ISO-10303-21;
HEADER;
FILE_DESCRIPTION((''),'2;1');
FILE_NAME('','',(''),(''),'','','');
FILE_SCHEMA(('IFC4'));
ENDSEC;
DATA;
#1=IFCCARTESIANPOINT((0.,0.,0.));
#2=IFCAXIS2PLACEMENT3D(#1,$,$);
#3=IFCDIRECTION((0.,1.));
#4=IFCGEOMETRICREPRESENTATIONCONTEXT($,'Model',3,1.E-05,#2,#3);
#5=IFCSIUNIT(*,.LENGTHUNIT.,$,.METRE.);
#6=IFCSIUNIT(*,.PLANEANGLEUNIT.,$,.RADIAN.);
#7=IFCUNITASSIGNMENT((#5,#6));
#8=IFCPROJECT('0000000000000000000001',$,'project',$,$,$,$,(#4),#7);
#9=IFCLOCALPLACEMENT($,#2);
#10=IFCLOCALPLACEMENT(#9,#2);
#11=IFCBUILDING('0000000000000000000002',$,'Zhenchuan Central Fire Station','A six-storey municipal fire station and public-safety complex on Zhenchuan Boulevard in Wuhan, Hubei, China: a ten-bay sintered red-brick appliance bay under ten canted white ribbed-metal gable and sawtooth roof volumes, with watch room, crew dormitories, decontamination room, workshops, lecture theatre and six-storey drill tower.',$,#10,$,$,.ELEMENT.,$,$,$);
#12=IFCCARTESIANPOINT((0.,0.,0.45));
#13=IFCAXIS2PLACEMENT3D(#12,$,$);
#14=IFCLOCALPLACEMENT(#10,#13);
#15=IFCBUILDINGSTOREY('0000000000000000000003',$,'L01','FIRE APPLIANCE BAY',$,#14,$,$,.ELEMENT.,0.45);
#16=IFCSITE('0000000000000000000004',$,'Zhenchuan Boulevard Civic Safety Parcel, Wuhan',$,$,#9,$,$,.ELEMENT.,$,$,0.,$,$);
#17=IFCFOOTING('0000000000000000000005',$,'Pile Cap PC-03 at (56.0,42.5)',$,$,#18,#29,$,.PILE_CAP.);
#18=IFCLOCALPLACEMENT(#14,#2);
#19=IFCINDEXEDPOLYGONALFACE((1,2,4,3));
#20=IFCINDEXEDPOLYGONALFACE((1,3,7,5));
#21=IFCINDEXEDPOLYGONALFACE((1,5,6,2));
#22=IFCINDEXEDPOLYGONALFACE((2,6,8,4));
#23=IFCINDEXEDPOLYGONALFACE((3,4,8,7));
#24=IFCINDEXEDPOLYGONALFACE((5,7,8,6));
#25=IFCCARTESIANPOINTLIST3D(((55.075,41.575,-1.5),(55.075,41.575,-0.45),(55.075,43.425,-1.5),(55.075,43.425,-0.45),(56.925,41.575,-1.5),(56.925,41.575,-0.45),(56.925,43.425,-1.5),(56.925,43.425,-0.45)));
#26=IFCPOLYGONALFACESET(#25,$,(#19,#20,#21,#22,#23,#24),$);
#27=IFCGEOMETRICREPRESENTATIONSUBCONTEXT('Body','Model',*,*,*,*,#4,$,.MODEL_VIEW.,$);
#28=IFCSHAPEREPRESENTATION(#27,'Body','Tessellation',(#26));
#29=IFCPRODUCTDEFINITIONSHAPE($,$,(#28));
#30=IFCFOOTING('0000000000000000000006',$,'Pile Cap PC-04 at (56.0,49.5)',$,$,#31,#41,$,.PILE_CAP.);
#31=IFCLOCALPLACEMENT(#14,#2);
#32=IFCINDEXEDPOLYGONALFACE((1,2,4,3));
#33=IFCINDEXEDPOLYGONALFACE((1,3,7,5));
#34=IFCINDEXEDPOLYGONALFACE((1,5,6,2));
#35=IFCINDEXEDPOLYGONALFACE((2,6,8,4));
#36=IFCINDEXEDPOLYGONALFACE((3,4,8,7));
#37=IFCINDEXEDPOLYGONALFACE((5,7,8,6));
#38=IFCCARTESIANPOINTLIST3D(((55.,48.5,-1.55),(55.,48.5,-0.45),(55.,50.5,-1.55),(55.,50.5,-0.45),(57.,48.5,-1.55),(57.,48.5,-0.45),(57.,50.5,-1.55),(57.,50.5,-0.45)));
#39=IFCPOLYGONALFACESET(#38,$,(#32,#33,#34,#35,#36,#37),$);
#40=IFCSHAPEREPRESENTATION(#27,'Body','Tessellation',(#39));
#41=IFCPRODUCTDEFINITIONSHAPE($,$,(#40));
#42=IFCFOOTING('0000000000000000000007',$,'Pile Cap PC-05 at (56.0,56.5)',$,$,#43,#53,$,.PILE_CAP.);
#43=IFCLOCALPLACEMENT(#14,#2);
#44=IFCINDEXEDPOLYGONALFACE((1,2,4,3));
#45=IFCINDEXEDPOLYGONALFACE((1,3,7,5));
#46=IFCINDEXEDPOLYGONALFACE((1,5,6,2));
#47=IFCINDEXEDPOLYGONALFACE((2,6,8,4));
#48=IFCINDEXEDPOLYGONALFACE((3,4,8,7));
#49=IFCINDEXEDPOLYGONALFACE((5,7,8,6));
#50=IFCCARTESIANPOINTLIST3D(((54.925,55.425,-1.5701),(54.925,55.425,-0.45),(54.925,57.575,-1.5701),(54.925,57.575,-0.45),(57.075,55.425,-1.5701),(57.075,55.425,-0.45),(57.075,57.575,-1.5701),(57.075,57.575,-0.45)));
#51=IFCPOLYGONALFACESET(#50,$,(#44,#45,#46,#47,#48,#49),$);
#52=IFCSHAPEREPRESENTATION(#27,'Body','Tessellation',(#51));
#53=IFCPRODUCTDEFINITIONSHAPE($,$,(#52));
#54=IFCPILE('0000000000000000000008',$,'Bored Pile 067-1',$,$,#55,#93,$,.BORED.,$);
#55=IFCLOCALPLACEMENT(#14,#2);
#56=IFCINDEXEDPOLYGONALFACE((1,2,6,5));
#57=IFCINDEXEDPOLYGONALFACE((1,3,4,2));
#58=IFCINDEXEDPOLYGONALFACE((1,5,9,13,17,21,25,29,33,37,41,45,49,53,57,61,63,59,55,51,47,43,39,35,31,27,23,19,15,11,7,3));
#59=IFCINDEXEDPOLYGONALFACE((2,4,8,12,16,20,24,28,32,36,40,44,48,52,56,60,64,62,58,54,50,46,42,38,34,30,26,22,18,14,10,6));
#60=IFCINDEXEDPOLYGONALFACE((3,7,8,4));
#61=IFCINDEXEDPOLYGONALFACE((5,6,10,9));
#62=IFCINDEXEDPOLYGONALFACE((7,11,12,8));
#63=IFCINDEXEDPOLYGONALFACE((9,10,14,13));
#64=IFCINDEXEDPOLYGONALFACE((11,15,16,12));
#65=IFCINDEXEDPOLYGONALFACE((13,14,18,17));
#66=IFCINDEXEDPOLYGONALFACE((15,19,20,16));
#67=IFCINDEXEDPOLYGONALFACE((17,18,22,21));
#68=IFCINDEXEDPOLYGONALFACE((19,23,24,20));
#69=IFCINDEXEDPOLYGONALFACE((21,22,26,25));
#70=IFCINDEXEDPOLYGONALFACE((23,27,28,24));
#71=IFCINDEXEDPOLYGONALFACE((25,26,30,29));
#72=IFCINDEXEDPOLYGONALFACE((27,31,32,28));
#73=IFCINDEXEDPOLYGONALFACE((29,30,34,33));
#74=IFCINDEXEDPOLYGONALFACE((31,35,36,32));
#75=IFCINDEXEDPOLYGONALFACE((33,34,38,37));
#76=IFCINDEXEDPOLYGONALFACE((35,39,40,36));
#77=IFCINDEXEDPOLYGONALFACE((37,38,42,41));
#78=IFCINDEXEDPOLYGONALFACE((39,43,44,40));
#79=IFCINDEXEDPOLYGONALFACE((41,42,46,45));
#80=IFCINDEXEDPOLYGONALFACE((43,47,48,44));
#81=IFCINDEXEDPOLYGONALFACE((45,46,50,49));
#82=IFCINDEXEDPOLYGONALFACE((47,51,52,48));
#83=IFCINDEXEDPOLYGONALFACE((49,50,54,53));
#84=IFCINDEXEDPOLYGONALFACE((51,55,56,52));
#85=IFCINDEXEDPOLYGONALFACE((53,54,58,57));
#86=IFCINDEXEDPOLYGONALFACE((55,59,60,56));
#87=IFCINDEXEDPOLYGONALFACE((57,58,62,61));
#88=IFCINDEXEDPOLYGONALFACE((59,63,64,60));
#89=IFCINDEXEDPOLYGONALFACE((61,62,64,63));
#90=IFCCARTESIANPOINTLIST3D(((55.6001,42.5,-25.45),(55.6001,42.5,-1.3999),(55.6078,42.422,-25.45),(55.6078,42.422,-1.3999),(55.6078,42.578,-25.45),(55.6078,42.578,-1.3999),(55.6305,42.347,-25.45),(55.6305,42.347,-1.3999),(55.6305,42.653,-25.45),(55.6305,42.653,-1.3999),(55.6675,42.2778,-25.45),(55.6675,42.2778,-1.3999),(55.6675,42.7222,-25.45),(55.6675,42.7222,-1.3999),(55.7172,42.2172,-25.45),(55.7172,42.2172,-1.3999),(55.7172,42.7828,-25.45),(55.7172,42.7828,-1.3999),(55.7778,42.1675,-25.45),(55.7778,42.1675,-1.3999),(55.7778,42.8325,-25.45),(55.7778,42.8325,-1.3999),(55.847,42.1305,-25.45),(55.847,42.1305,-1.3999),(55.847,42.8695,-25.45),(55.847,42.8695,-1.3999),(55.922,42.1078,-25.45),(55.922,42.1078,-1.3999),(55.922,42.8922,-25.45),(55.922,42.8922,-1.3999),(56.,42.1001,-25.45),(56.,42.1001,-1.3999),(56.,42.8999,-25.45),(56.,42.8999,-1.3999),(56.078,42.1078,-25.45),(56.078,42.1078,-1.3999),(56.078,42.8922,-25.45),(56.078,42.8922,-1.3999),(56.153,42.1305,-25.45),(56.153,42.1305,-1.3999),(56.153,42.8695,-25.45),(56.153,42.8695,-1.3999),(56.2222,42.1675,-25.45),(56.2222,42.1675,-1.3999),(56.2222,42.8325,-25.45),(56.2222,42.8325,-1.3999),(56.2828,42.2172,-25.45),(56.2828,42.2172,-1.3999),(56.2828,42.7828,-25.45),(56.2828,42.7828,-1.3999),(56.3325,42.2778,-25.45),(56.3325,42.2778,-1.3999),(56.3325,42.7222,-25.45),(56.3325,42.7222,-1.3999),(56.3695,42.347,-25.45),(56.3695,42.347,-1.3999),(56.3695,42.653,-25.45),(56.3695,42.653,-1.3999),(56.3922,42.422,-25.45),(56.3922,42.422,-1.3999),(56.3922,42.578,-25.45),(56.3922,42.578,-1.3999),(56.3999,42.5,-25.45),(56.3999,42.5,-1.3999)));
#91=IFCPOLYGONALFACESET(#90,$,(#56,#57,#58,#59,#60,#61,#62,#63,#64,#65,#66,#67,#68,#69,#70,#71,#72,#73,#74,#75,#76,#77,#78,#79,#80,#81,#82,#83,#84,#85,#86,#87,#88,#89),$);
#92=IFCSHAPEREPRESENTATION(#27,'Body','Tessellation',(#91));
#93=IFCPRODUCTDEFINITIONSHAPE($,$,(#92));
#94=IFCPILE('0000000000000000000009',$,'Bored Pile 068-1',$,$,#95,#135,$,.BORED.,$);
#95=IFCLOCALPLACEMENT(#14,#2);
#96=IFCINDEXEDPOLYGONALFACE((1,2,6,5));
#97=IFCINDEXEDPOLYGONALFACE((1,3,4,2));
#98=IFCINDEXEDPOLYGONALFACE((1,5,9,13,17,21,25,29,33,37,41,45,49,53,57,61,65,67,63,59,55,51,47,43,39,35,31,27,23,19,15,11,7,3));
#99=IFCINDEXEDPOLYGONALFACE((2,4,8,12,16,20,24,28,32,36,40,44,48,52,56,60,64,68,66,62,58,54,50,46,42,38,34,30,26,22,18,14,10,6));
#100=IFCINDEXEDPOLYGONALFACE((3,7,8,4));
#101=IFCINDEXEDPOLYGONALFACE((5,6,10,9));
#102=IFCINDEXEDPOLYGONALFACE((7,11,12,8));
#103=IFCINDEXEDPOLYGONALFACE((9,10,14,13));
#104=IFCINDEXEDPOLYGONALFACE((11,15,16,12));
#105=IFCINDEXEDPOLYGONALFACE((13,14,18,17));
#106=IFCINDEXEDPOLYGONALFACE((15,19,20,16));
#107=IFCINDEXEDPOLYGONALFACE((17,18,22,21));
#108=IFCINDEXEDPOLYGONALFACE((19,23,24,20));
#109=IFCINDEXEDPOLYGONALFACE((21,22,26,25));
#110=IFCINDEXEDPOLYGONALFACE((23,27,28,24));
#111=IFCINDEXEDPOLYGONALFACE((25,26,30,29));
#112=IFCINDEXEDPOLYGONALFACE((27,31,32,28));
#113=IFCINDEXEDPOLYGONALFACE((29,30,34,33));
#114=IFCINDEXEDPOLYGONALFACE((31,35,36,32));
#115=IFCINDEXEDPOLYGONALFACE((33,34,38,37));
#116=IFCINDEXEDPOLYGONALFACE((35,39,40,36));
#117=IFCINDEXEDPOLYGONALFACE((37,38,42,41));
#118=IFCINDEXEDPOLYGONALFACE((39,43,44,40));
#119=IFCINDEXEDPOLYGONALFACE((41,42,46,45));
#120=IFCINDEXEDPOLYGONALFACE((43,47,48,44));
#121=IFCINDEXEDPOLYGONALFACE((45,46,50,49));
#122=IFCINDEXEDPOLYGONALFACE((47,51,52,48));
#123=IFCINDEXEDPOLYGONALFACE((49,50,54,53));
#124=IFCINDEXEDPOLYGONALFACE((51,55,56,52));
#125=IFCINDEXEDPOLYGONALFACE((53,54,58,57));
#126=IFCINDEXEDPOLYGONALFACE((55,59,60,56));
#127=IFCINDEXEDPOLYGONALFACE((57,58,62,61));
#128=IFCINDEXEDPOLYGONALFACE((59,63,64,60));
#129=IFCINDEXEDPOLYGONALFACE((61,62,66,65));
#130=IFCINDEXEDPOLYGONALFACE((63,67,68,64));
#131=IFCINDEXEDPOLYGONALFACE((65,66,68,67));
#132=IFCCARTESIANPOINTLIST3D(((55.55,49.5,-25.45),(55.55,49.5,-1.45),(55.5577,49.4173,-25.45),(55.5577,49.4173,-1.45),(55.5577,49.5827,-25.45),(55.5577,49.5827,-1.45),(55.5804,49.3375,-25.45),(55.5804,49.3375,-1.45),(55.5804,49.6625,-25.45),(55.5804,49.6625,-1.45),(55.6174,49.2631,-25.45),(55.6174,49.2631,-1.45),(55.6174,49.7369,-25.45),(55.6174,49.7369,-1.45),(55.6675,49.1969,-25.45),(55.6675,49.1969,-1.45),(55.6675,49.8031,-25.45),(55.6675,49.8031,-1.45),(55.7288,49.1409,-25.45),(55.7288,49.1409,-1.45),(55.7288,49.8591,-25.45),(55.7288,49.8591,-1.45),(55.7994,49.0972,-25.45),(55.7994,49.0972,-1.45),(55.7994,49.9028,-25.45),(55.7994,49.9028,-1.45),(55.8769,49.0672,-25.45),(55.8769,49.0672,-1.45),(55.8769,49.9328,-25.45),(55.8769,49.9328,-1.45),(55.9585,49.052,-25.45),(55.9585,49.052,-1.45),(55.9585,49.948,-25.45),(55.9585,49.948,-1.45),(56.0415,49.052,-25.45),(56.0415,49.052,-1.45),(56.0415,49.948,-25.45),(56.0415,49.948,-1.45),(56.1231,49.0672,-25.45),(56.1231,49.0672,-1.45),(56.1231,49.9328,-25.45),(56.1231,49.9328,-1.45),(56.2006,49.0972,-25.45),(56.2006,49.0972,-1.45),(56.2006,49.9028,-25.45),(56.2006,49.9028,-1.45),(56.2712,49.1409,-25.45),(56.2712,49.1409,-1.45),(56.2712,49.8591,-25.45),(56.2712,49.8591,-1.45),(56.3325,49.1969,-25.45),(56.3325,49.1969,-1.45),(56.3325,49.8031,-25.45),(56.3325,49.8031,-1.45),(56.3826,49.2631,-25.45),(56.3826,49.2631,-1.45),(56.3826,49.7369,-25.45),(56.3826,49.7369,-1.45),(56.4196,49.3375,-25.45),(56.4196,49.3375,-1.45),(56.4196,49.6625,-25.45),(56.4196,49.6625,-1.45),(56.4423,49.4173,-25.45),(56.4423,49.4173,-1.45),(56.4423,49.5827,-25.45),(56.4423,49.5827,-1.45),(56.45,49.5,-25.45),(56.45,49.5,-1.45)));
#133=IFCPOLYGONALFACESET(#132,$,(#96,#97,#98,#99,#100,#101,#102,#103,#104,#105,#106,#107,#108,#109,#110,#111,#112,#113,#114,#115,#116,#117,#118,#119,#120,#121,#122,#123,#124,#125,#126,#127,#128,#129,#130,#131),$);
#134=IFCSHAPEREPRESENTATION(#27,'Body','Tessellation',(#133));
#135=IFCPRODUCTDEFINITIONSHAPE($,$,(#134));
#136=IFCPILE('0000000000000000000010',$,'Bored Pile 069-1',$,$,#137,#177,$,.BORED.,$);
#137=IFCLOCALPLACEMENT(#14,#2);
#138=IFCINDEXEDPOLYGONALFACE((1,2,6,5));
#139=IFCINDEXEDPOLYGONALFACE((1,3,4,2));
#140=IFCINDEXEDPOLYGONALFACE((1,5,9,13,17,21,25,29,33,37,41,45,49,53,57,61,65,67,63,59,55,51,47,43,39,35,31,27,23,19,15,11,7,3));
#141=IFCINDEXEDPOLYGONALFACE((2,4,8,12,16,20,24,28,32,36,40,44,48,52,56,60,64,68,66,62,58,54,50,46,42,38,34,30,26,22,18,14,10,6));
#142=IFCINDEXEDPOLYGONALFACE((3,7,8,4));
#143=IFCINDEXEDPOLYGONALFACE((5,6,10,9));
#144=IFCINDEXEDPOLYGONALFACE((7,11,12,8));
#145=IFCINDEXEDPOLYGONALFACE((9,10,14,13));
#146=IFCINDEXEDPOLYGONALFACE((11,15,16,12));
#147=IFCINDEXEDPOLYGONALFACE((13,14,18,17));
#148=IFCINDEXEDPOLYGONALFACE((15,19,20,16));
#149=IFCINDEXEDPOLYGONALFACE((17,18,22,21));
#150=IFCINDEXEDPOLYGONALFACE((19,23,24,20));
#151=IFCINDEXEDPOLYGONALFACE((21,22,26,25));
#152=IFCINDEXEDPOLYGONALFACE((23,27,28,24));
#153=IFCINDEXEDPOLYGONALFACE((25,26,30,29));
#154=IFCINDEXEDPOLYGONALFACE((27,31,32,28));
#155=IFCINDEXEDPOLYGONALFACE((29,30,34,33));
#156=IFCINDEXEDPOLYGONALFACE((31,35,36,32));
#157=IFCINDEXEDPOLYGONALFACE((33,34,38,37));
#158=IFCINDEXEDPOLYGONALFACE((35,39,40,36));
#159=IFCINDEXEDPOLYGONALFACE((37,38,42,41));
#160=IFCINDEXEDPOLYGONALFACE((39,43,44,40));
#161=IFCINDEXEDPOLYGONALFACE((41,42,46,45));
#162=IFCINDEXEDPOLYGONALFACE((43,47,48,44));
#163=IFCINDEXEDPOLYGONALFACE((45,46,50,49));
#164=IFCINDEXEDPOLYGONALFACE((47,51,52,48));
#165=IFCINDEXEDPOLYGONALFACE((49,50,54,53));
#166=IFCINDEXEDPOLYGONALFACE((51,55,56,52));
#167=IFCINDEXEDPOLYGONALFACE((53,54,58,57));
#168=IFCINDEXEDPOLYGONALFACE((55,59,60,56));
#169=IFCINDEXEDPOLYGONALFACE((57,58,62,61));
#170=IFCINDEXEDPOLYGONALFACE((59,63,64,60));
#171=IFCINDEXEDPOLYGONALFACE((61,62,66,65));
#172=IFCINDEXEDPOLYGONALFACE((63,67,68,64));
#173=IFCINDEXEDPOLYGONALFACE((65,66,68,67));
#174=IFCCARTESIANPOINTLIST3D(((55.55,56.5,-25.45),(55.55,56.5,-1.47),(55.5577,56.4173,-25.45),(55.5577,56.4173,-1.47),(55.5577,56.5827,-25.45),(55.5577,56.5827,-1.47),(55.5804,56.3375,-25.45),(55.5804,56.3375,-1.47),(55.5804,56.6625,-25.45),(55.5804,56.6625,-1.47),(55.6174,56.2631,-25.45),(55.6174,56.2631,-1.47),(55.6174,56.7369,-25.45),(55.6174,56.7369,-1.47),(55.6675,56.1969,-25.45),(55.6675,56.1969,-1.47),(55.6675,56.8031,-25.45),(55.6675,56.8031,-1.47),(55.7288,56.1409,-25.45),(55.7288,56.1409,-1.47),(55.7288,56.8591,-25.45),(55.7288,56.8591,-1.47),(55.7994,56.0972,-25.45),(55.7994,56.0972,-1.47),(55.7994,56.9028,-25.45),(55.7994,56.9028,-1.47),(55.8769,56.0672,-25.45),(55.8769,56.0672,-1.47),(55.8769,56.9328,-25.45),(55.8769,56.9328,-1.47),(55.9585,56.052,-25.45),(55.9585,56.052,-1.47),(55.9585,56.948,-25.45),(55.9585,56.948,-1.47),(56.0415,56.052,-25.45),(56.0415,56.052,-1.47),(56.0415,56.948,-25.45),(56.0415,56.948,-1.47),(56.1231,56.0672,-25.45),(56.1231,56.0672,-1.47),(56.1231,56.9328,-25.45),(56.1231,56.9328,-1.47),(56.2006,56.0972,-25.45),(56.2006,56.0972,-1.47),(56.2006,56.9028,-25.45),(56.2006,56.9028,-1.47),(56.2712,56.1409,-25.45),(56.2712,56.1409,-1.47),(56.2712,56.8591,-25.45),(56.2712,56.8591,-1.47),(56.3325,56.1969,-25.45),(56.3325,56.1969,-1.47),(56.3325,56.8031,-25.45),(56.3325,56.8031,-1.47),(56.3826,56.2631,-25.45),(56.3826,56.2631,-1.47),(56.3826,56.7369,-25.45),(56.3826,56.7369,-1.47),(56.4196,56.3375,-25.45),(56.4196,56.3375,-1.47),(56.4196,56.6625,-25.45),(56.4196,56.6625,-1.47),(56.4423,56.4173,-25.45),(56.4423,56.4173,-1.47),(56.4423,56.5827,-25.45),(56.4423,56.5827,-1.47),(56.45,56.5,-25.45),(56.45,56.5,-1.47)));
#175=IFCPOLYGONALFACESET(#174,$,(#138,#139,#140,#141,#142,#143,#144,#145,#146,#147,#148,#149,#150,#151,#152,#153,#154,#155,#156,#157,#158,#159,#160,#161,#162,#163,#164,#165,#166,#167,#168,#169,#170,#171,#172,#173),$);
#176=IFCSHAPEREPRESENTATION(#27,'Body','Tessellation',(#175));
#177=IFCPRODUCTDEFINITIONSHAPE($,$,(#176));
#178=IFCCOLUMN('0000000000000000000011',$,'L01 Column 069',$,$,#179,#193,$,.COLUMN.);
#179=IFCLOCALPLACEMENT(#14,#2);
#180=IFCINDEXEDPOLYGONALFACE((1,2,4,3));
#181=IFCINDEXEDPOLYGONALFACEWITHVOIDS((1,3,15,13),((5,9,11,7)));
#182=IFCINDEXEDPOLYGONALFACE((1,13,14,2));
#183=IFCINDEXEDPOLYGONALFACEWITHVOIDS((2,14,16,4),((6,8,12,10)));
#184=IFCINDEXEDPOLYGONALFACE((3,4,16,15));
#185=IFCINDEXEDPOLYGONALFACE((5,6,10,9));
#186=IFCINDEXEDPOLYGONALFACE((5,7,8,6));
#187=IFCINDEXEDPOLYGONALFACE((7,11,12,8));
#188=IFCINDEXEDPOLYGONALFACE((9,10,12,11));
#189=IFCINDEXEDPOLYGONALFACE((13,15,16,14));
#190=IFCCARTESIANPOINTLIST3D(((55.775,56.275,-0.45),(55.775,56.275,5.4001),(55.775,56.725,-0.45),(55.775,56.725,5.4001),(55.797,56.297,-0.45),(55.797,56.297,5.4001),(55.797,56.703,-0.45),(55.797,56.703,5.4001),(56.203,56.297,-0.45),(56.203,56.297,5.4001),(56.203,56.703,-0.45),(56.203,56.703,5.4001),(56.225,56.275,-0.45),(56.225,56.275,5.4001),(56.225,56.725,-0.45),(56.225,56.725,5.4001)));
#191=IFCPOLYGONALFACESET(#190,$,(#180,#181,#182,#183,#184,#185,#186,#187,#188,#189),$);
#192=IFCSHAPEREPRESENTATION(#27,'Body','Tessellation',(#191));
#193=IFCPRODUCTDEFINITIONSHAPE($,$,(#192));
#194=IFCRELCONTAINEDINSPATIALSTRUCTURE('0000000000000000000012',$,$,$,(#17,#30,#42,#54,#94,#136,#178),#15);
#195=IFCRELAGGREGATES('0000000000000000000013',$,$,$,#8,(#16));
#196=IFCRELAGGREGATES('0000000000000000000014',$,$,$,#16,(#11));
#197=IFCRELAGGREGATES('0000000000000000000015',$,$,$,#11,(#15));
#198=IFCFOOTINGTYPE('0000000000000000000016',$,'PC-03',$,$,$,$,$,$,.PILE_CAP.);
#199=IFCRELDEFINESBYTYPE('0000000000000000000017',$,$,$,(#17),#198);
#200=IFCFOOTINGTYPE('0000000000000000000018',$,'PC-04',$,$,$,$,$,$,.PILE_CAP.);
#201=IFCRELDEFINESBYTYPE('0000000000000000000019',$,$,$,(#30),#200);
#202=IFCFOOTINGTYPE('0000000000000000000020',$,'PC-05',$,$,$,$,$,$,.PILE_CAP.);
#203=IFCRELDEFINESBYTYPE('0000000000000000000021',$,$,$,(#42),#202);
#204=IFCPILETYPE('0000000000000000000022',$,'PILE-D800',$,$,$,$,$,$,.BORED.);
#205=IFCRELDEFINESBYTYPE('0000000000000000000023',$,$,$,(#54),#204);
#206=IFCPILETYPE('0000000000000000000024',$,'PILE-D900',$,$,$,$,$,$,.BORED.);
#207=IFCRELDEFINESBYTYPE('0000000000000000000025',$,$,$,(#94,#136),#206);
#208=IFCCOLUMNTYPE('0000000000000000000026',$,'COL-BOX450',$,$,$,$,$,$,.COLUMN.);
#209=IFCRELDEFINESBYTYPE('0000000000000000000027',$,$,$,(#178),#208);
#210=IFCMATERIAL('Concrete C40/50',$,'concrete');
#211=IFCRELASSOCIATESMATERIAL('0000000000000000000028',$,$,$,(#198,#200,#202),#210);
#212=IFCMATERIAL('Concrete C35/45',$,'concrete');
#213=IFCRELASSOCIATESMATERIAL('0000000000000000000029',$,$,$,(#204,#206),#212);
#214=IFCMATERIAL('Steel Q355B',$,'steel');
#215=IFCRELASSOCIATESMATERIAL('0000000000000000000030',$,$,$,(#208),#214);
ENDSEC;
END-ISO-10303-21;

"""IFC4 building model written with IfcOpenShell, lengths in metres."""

from ifc_helpers import new_model, si_unit, direction, frame, origin, origin_2d, place, context, subcontext, project, spatial, rectangle, hollow_rectangle, circle, extrude, material, material_profile, profile_set, type_object, element, save


model = new_model("IFC4")

# Units and contexts
model_context = context("Model", 3, precision=1e-05, world=origin(), true_north=direction((0.0, 1.0)))
body_context = subcontext(model_context, "Body", "Model", "MODEL_VIEW")
ifc_project = project(units=[si_unit("LENGTHUNIT", "METRE"), si_unit("PLANEANGLEUNIT", "RADIAN")], contexts=[model_context])

# Site, building, storey
site_placement = place(None, origin())
site = spatial("IfcSite", under=ifc_project, at=site_placement, Name="Zhenchuan Boulevard Civic Safety Parcel, Wuhan", CompositionType="ELEMENT", RefElevation=0.0)
building_placement = place(site_placement, origin())
building = spatial("IfcBuilding", under=site, at=building_placement, Name="Zhenchuan Central Fire Station", Description="A six-storey municipal fire station and public-safety complex on Zhenchuan Boulevard in Wuhan, Hubei, China: a ten-bay sintered red-brick appliance bay under ten canted white ribbed-metal gable and sawtooth roof volumes, with watch room, crew dormitories, decontamination room, workshops, lecture theatre and six-storey drill tower.", CompositionType="ELEMENT")
storey_placement = place(building_placement, frame((0.0, 0.0, 0.45)))
storey = spatial("IfcBuildingStorey", under=building, at=storey_placement, Name="L01", Description="FIRE APPLIANCE BAY", CompositionType="ELEMENT", Elevation=0.45)

# Footings
ifc_material_1 = material(Name="Concrete C40/50", Category="concrete")
footing_type_1 = type_object("IfcFootingType", Name="PC-03", PredefinedType="PILE_CAP", material=ifc_material_1)
footing_1_placement = place(storey_placement, frame((56.0, 42.5, -1.5), z_axis=(0.0, 0.0, 1.0), x_axis=(1.0, 0.0, 0.0)))
element("IfcFooting", 1, at=footing_1_placement, inside=storey, type_object=footing_type_1, Name="Pile Cap PC-03 at (56.0,42.5)", PredefinedType="PILE_CAP", context=body_context, shape_type="SweptSolid", body=[
    extrude(rectangle(XDim=1.8501, YDim=1.8501, at=origin_2d()), origin(), (0.0, 0.0, 1.0), 1.05),
])
footing_type_2 = type_object("IfcFootingType", Name="PC-04", PredefinedType="PILE_CAP", material=ifc_material_1)
footing_2_placement = place(storey_placement, frame((56.0, 49.5, -1.55), z_axis=(0.0, 0.0, 1.0), x_axis=(1.0, 0.0, 0.0)))
element("IfcFooting", 2, at=footing_2_placement, inside=storey, type_object=footing_type_2, Name="Pile Cap PC-04 at (56.0,49.5)", PredefinedType="PILE_CAP", context=body_context, shape_type="SweptSolid", body=[
    extrude(rectangle(XDim=2.0, YDim=2.0, at=origin_2d()), origin(), (0.0, 0.0, 1.0), 1.1001),
])
footing_type_3 = type_object("IfcFootingType", Name="PC-05", PredefinedType="PILE_CAP", material=ifc_material_1)
footing_3_placement = place(storey_placement, frame((56.0, 56.5, -1.5701), z_axis=(0.0, 0.0, 1.0), x_axis=(1.0, 0.0, 0.0)))
element("IfcFooting", 3, at=footing_3_placement, inside=storey, type_object=footing_type_3, Name="Pile Cap PC-05 at (56.0,56.5)", PredefinedType="PILE_CAP", context=body_context, shape_type="SweptSolid", body=[
    extrude(rectangle(XDim=2.1499, YDim=2.1499, at=origin_2d()), origin(), (0.0, 0.0, 1.0), 1.1201),
])

# Piles
ifc_material_2 = material(Name="Concrete C35/45", Category="concrete")
ifc_material_profile_1 = material_profile(ifc_material_2, circle(Radius=0.3999, at=origin_2d()), Name="PILE D800")
ifc_profile_set_1 = profile_set([ifc_material_profile_1], Name="Concrete C35/45")
pile_type_1 = type_object("IfcPileType", Name="PILE-D800", PredefinedType="BORED", material=ifc_profile_set_1)
pile_1_placement = place(storey_placement, frame((56.0, 42.5, -1.3999), z_axis=(0.0, 0.0, -1.0), x_axis=(1.0, 0.0, 0.0)))
element("IfcPile", 4, at=pile_1_placement, inside=storey, type_object=pile_type_1, Name="Bored Pile 067-1", PredefinedType="BORED", context=body_context, shape_type="SweptSolid", body=[
    extrude(circle(Radius=0.3999, at=origin_2d()), origin(), (0.0, 0.0, 1.0), 24.05),
])
ifc_material_profile_2 = material_profile(ifc_material_2, circle(Radius=0.45, at=origin_2d()), Name="PILE D900")
ifc_profile_set_2 = profile_set([ifc_material_profile_2], Name="Concrete C35/45")
pile_type_2 = type_object("IfcPileType", Name="PILE-D900", PredefinedType="BORED", material=ifc_profile_set_2)
pile_2_placement = place(storey_placement, frame((56.0, 49.5, -1.45), z_axis=(0.0, 0.0, -1.0), x_axis=(1.0, 0.0, 0.0)))
element("IfcPile", 5, at=pile_2_placement, inside=storey, type_object=pile_type_2, Name="Bored Pile 068-1", PredefinedType="BORED", context=body_context, shape_type="SweptSolid", body=[
    extrude(circle(Radius=0.45, at=origin_2d()), origin(), (0.0, 0.0, 1.0), 24.0),
])
pile_3_placement = place(storey_placement, frame((56.0, 56.5, -1.47), z_axis=(0.0, 0.0, -1.0), x_axis=(1.0, 0.0, 0.0)))
element("IfcPile", 6, at=pile_3_placement, inside=storey, type_object=pile_type_2, Name="Bored Pile 069-1", PredefinedType="BORED", context=body_context, shape_type="SweptSolid", body=[
    extrude(circle(Radius=0.45, at=origin_2d()), origin(), (0.0, 0.0, 1.0), 23.98),
])

# Column
ifc_material_3 = material(Name="Steel Q355B", Category="steel")
ifc_material_profile_3 = material_profile(ifc_material_3, hollow_rectangle(XDim=0.45, YDim=0.45, WallThickness=0.022, at=origin_2d()), Name="BOX 450x450x22")
ifc_profile_set_3 = profile_set([ifc_material_profile_3], Name="Steel Q355B")
column_type_1 = type_object("IfcColumnType", Name="COL-BOX450", PredefinedType="COLUMN", material=ifc_profile_set_3)
column_1_placement = place(storey_placement, frame((56.0, 56.5, -0.45), z_axis=(0.0, 0.0, 1.0), x_axis=(1.0, 0.0, 0.0)))
element("IfcColumn", 7, at=column_1_placement, inside=storey, type_object=column_type_1, Name="L01 Column 069", PredefinedType="COLUMN", context=body_context, shape_type="SweptSolid", body=[
    extrude(hollow_rectangle(XDim=0.45, YDim=0.45, WallThickness=0.022, at=origin_2d()), origin(), (0.0, 0.0, 1.0), 5.8501),
])

save(model, "model.ifc")
